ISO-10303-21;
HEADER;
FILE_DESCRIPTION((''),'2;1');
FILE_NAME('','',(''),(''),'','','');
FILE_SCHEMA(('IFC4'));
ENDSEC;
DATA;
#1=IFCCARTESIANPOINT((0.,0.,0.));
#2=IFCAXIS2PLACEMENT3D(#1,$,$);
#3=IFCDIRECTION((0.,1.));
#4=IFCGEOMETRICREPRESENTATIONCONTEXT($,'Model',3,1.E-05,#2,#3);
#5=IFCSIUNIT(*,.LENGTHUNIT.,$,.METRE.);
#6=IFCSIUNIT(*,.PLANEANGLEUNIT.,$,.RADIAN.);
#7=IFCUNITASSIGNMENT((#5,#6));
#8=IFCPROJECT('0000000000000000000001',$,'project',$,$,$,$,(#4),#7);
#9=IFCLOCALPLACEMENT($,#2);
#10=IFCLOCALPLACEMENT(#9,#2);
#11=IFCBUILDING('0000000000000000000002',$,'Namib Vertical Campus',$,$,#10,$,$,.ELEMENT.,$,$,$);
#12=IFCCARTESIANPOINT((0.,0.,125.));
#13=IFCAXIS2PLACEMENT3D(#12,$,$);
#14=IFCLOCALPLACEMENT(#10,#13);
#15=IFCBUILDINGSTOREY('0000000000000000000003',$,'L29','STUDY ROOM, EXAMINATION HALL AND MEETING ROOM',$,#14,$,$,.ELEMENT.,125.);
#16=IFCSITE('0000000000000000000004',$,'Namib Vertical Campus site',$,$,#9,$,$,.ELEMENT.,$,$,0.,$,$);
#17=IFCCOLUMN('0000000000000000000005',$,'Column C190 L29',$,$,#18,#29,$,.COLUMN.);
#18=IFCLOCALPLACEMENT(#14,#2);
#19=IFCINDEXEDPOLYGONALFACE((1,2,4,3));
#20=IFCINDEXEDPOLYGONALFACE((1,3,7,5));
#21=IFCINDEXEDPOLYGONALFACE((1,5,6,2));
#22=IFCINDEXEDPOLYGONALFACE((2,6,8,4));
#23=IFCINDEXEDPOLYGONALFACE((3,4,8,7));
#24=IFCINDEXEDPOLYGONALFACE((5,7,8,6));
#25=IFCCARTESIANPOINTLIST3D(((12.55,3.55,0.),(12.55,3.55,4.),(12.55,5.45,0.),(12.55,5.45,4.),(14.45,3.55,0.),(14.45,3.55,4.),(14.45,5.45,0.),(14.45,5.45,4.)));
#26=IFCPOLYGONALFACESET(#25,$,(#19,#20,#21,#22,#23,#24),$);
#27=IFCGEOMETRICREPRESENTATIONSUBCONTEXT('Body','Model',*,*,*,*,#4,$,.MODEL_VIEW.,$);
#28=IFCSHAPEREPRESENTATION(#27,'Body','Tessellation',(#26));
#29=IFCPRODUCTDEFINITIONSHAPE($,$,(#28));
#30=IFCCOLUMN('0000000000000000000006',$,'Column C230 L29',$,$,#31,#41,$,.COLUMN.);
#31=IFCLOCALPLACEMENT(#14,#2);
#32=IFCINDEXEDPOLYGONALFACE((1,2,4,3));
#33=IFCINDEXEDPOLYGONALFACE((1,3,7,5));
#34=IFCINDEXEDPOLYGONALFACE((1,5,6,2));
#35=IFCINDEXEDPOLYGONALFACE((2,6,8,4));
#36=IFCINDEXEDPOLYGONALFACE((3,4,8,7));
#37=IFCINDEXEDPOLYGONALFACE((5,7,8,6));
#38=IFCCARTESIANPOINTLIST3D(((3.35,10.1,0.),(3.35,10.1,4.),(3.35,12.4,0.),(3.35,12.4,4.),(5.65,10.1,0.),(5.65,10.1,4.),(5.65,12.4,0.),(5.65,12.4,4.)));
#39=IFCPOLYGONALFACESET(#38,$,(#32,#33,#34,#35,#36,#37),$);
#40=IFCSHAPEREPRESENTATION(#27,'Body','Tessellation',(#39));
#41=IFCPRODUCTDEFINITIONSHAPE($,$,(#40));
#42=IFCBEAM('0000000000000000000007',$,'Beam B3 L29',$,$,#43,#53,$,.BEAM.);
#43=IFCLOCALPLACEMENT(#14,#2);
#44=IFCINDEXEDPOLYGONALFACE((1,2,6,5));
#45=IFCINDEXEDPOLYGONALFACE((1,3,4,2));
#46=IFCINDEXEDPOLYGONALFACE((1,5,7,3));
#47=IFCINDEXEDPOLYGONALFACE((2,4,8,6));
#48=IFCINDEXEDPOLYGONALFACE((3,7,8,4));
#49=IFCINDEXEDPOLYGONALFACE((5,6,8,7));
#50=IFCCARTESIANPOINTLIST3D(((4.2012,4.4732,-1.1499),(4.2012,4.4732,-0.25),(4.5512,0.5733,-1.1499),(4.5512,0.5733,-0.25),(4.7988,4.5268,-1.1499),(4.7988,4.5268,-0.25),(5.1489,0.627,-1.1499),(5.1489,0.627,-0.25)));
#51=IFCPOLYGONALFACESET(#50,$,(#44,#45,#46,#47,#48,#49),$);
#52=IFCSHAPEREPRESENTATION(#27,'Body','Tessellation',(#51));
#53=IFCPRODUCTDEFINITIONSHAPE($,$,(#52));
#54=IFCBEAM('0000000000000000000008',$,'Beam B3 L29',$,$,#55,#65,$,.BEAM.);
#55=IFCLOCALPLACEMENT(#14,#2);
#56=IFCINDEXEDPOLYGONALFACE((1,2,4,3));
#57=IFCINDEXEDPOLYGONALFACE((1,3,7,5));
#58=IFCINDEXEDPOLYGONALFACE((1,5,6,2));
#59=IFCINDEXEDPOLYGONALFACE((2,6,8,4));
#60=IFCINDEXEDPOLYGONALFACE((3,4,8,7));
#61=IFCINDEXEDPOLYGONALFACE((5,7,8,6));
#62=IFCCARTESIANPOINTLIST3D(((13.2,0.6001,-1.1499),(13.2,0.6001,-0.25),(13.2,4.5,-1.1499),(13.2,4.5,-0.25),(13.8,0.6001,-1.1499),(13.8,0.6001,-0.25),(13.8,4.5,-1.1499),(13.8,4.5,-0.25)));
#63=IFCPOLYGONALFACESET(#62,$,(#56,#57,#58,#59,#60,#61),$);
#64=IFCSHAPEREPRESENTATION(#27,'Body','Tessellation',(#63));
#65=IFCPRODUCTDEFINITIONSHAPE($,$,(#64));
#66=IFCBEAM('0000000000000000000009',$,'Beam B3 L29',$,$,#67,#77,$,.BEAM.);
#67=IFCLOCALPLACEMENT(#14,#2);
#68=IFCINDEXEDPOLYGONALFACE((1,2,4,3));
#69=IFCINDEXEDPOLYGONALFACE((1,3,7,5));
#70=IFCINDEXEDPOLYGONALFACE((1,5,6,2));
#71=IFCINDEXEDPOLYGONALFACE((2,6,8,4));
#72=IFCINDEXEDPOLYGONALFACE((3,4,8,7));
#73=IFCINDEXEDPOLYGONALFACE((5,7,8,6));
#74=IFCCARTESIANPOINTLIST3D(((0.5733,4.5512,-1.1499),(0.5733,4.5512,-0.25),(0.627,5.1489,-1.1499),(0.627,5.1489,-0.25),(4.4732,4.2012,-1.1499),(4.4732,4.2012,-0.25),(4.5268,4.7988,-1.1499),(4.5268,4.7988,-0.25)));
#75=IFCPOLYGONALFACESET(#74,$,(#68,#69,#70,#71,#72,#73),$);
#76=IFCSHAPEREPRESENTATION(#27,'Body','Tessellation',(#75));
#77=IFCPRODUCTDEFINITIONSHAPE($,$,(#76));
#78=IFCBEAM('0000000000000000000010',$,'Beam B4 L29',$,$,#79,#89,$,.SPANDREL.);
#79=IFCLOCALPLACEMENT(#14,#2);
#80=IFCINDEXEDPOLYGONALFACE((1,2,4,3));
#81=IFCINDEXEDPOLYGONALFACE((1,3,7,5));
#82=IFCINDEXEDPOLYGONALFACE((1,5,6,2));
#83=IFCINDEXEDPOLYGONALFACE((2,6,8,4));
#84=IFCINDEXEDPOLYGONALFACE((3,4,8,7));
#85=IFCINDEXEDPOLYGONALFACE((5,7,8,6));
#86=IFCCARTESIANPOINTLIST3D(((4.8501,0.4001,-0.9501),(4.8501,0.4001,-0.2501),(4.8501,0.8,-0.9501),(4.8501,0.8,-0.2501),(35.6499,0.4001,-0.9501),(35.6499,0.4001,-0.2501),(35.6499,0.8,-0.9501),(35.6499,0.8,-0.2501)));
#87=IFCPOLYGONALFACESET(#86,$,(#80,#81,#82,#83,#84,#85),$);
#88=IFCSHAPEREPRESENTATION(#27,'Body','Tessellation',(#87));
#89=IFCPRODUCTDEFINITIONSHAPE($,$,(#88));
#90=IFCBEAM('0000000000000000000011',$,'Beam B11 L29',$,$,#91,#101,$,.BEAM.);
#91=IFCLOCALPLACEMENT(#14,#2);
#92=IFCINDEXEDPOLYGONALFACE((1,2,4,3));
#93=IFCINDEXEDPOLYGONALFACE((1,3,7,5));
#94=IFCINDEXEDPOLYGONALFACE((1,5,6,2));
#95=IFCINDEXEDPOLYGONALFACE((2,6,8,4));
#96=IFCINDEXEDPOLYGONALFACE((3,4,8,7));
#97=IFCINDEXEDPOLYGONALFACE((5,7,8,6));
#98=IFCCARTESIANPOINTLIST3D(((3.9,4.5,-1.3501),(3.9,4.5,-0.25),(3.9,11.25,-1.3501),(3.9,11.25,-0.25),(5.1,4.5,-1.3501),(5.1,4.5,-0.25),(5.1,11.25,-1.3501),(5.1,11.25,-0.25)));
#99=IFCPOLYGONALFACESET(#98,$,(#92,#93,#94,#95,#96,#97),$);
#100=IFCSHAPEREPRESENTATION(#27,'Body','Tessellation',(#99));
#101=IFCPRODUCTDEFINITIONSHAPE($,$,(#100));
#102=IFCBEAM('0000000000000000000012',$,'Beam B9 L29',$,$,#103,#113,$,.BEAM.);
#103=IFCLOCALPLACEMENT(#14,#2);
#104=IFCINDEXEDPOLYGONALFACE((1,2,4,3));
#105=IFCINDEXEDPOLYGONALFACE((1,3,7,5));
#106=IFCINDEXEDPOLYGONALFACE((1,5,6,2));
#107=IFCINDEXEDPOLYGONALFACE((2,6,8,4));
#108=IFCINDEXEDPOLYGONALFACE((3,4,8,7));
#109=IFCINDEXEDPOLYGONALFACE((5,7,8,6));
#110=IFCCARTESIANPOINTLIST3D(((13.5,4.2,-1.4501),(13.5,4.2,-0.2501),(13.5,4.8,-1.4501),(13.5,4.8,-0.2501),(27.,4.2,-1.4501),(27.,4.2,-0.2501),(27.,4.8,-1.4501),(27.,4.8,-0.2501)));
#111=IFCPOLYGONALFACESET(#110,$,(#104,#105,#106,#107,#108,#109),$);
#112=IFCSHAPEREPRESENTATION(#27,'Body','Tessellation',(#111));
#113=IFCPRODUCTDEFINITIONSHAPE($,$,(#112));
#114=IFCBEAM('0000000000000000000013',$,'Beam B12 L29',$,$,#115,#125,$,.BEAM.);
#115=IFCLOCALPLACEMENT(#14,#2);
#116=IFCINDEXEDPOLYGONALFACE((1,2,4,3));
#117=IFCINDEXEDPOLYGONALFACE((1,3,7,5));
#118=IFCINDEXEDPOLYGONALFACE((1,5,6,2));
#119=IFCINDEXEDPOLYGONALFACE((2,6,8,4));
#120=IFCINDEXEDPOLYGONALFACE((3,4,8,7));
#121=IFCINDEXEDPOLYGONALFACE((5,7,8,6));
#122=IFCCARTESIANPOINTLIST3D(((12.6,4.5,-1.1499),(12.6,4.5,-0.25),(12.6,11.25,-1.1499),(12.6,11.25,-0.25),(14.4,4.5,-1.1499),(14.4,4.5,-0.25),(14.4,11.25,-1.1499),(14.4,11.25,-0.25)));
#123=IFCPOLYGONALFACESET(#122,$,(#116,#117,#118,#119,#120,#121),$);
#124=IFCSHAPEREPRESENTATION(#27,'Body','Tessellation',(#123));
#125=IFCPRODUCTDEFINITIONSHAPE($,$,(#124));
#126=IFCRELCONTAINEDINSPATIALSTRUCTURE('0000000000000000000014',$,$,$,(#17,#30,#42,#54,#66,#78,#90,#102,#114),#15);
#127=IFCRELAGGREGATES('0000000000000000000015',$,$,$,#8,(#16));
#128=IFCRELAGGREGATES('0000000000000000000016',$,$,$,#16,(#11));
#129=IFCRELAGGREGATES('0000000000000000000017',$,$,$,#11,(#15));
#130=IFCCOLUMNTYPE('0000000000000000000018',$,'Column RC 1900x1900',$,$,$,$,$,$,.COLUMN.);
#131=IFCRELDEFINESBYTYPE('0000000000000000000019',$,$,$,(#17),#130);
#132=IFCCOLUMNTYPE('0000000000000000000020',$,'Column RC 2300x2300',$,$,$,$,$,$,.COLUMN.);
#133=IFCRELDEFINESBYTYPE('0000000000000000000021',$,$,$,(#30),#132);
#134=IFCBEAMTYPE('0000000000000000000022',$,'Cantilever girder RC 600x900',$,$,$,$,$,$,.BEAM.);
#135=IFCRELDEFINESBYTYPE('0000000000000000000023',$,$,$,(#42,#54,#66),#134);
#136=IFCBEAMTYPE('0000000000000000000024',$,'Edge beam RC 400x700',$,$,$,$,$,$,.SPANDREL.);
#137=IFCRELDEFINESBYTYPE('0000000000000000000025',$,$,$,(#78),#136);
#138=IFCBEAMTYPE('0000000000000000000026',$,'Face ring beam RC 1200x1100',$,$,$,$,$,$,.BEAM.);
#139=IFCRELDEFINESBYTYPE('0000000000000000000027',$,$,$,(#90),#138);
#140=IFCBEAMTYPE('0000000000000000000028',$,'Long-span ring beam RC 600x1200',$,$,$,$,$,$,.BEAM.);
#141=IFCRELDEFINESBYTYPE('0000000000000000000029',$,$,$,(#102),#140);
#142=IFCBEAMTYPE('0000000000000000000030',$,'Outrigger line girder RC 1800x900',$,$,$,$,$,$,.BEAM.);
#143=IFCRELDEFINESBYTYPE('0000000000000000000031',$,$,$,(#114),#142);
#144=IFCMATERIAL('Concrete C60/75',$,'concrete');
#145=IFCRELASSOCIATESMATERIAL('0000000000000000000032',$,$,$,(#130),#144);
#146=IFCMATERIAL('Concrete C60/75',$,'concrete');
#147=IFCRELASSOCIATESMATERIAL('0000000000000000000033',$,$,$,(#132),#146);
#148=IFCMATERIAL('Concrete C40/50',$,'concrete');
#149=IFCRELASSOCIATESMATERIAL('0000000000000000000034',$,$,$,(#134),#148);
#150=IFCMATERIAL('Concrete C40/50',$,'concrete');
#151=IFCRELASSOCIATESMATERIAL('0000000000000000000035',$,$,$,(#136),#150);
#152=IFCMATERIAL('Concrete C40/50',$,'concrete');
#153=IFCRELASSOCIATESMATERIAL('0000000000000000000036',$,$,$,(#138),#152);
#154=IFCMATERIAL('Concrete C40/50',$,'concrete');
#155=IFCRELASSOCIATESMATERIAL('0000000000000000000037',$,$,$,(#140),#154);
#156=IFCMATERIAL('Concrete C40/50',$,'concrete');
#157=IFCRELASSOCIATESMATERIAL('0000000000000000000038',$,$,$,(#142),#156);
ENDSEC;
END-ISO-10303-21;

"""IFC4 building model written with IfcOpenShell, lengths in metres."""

from ifc_helpers import new_model, si_unit, direction, frame, origin, origin_2d, place, context, subcontext, project, spatial, rectangle, extrude, material, material_profile, profile_set, type_object, element, save


model = new_model("IFC4")

# Units and contexts
model_context = context("Model", 3, precision=1e-05, world=origin(), true_north=direction((0.0, 1.0)))
body_context = subcontext(model_context, "Body", "Model", "MODEL_VIEW")
ifc_project = project(units=[si_unit("LENGTHUNIT", "METRE"), si_unit("PLANEANGLEUNIT", "RADIAN")], contexts=[model_context])

# Site, building, storey
site_placement = place(None, origin())
site = spatial("IfcSite", under=ifc_project, at=site_placement, Name="Namib Vertical Campus site", CompositionType="ELEMENT", RefElevation=0.0)
building_placement = place(site_placement, origin())
building = spatial("IfcBuilding", under=site, at=building_placement, Name="Namib Vertical Campus", CompositionType="ELEMENT")
storey_placement = place(building_placement, frame((0.0, 0.0, 125.0)))
storey = spatial("IfcBuildingStorey", under=building, at=storey_placement, Name="L29", Description="STUDY ROOM, EXAMINATION HALL AND MEETING ROOM", CompositionType="ELEMENT", Elevation=125.0)

# Columns
ifc_material_1 = material(Name="Concrete C60/75", Category="concrete")
ifc_material_profile_1 = material_profile(ifc_material_1, rectangle(XDim=1.8999, YDim=1.8999, at=origin_2d()))
ifc_profile_set_1 = profile_set([ifc_material_profile_1], Name="Concrete C60/75")
column_type_1 = type_object("IfcColumnType", Name="Column RC 1900x1900", PredefinedType="COLUMN", material=ifc_profile_set_1)
column_1_placement = place(storey_placement, frame((13.5, 4.5, 0.0), z_axis=(0.0, 0.0, 1.0), x_axis=(1.0, 0.0, 0.0)))
element("IfcColumn", 1, at=column_1_placement, inside=storey, type_object=column_type_1, Name="Column C190 L29", PredefinedType="COLUMN", context=body_context, shape_type="SweptSolid", body=[
    extrude(rectangle(XDim=1.8999, YDim=1.8999, at=origin_2d()), origin(), (0.0, 0.0, 1.0), 4.0),
])
ifc_material_2 = material(Name="Concrete C60/75", Category="concrete")
ifc_material_profile_2 = material_profile(ifc_material_2, rectangle(XDim=2.3, YDim=2.3, at=origin_2d()))
ifc_profile_set_2 = profile_set([ifc_material_profile_2], Name="Concrete C60/75")
column_type_2 = type_object("IfcColumnType", Name="Column RC 2300x2300", PredefinedType="COLUMN", material=ifc_profile_set_2)
column_2_placement = place(storey_placement, frame((4.5, 11.25, 0.0), z_axis=(0.0, 0.0, 1.0), x_axis=(1.0, 0.0, 0.0)))
element("IfcColumn", 2, at=column_2_placement, inside=storey, type_object=column_type_2, Name="Column C230 L29", PredefinedType="COLUMN", context=body_context, shape_type="SweptSolid", body=[
    extrude(rectangle(XDim=2.3, YDim=2.3, at=origin_2d()), origin(), (0.0, 0.0, 1.0), 4.0),
])

# Beams
ifc_material_3 = material(Name="Concrete C40/50", Category="concrete")
ifc_material_profile_3 = material_profile(ifc_material_3, rectangle(XDim=0.6001, YDim=0.8999, at=origin_2d()))
ifc_profile_set_3 = profile_set([ifc_material_profile_3], Name="Concrete C40/50")
beam_type_1 = type_object("IfcBeamType", Name="Cantilever girder RC 600x900", PredefinedType="BEAM", material=ifc_profile_set_3)
beam_1_placement = place(storey_placement, frame((4.5, 4.5, -0.7), z_axis=(0.089411, -0.995995, 0.0), x_axis=(0.995995, 0.089411, 0.0)))
element("IfcBeam", 3, at=beam_1_placement, inside=storey, type_object=beam_type_1, Name="Beam B3 L29", PredefinedType="BEAM", context=body_context, shape_type="SweptSolid", body=[
    extrude(rectangle(XDim=0.6001, YDim=0.8999, at=origin_2d()), origin(), (0.0, 0.0, 1.0), 3.9155),
])
beam_2_placement = place(storey_placement, frame((13.5, 4.5, -0.7), z_axis=(0.0, -1.0, 0.0), x_axis=(1.0, 0.0, 0.0)))
element("IfcBeam", 4, at=beam_2_placement, inside=storey, type_object=beam_type_1, Name="Beam B3 L29", PredefinedType="BEAM", context=body_context, shape_type="SweptSolid", body=[
    extrude(rectangle(XDim=0.6001, YDim=0.8999, at=origin_2d()), origin(), (0.0, 0.0, 1.0), 3.8999),
])
beam_3_placement = place(storey_placement, frame((4.5, 4.5, -0.7), z_axis=(-0.995995, 0.089411, 0.0), x_axis=(-0.089411, -0.995995, 0.0)))
element("IfcBeam", 5, at=beam_3_placement, inside=storey, type_object=beam_type_1, Name="Beam B3 L29", PredefinedType="BEAM", context=body_context, shape_type="SweptSolid", body=[
    extrude(rectangle(XDim=0.6001, YDim=0.8999, at=origin_2d()), origin(), (0.0, 0.0, 1.0), 3.9155),
])
ifc_material_4 = material(Name="Concrete C40/50", Category="concrete")
ifc_material_profile_4 = material_profile(ifc_material_4, rectangle(XDim=0.3999, YDim=0.7, at=origin_2d()))
ifc_profile_set_4 = profile_set([ifc_material_profile_4], Name="Concrete C40/50")
beam_type_2 = type_object("IfcBeamType", Name="Edge beam RC 400x700", PredefinedType="SPANDREL", material=ifc_profile_set_4)
beam_4_placement = place(storey_placement, frame((4.8501, 0.6001, -0.6001), z_axis=(1.0, 0.0, 0.0), x_axis=(0.0, 1.0, 0.0)))
element("IfcBeam", 6, at=beam_4_placement, inside=storey, type_object=beam_type_2, Name="Beam B4 L29", PredefinedType="SPANDREL", context=body_context, shape_type="SweptSolid", body=[
    extrude(rectangle(XDim=0.3999, YDim=0.7, at=origin_2d()), origin(), (0.0, 0.0, 1.0), 30.7998),
])
ifc_material_5 = material(Name="Concrete C40/50", Category="concrete")
ifc_material_profile_5 = material_profile(ifc_material_5, rectangle(XDim=1.2, YDim=1.1001, at=origin_2d()))
ifc_profile_set_5 = profile_set([ifc_material_profile_5], Name="Concrete C40/50")
beam_type_3 = type_object("IfcBeamType", Name="Face ring beam RC 1200x1100", PredefinedType="BEAM", material=ifc_profile_set_5)
beam_5_placement = place(storey_placement, frame((4.5, 4.5, -0.8), z_axis=(0.0, 1.0, 0.0), x_axis=(-1.0, 0.0, 0.0)))
element("IfcBeam", 7, at=beam_5_placement, inside=storey, type_object=beam_type_3, Name="Beam B11 L29", PredefinedType="BEAM", context=body_context, shape_type="SweptSolid", body=[
    extrude(rectangle(XDim=1.2, YDim=1.1001, at=origin_2d()), origin(), (0.0, 0.0, 1.0), 6.75),
])
ifc_material_6 = material(Name="Concrete C40/50", Category="concrete")
ifc_material_profile_6 = material_profile(ifc_material_6, rectangle(XDim=0.6001, YDim=1.2, at=origin_2d()))
ifc_profile_set_6 = profile_set([ifc_material_profile_6], Name="Concrete C40/50")
beam_type_4 = type_object("IfcBeamType", Name="Long-span ring beam RC 600x1200", PredefinedType="BEAM", material=ifc_profile_set_6)
beam_6_placement = place(storey_placement, frame((13.5, 4.5, -0.8501), z_axis=(1.0, 0.0, 0.0), x_axis=(0.0, 1.0, 0.0)))
element("IfcBeam", 8, at=beam_6_placement, inside=storey, type_object=beam_type_4, Name="Beam B9 L29", PredefinedType="BEAM", context=body_context, shape_type="SweptSolid", body=[
    extrude(rectangle(XDim=0.6001, YDim=1.2, at=origin_2d()), origin(), (0.0, 0.0, 1.0), 13.5),
])
ifc_material_7 = material(Name="Concrete C40/50", Category="concrete")
ifc_material_profile_7 = material_profile(ifc_material_7, rectangle(XDim=1.8, YDim=0.8999, at=origin_2d()))
ifc_profile_set_7 = profile_set([ifc_material_profile_7], Name="Concrete C40/50")
beam_type_5 = type_object("IfcBeamType", Name="Outrigger line girder RC 1800x900", PredefinedType="BEAM", material=ifc_profile_set_7)
beam_7_placement = place(storey_placement, frame((13.5, 4.5, -0.7), z_axis=(0.0, 1.0, 0.0), x_axis=(-1.0, 0.0, 0.0)))
element("IfcBeam", 9, at=beam_7_placement, inside=storey, type_object=beam_type_5, Name="Beam B12 L29", PredefinedType="BEAM", context=body_context, shape_type="SweptSolid", body=[
    extrude(rectangle(XDim=1.8, YDim=0.8999, at=origin_2d()), origin(), (0.0, 0.0, 1.0), 6.75),
])

save(model, "model.ifc")
